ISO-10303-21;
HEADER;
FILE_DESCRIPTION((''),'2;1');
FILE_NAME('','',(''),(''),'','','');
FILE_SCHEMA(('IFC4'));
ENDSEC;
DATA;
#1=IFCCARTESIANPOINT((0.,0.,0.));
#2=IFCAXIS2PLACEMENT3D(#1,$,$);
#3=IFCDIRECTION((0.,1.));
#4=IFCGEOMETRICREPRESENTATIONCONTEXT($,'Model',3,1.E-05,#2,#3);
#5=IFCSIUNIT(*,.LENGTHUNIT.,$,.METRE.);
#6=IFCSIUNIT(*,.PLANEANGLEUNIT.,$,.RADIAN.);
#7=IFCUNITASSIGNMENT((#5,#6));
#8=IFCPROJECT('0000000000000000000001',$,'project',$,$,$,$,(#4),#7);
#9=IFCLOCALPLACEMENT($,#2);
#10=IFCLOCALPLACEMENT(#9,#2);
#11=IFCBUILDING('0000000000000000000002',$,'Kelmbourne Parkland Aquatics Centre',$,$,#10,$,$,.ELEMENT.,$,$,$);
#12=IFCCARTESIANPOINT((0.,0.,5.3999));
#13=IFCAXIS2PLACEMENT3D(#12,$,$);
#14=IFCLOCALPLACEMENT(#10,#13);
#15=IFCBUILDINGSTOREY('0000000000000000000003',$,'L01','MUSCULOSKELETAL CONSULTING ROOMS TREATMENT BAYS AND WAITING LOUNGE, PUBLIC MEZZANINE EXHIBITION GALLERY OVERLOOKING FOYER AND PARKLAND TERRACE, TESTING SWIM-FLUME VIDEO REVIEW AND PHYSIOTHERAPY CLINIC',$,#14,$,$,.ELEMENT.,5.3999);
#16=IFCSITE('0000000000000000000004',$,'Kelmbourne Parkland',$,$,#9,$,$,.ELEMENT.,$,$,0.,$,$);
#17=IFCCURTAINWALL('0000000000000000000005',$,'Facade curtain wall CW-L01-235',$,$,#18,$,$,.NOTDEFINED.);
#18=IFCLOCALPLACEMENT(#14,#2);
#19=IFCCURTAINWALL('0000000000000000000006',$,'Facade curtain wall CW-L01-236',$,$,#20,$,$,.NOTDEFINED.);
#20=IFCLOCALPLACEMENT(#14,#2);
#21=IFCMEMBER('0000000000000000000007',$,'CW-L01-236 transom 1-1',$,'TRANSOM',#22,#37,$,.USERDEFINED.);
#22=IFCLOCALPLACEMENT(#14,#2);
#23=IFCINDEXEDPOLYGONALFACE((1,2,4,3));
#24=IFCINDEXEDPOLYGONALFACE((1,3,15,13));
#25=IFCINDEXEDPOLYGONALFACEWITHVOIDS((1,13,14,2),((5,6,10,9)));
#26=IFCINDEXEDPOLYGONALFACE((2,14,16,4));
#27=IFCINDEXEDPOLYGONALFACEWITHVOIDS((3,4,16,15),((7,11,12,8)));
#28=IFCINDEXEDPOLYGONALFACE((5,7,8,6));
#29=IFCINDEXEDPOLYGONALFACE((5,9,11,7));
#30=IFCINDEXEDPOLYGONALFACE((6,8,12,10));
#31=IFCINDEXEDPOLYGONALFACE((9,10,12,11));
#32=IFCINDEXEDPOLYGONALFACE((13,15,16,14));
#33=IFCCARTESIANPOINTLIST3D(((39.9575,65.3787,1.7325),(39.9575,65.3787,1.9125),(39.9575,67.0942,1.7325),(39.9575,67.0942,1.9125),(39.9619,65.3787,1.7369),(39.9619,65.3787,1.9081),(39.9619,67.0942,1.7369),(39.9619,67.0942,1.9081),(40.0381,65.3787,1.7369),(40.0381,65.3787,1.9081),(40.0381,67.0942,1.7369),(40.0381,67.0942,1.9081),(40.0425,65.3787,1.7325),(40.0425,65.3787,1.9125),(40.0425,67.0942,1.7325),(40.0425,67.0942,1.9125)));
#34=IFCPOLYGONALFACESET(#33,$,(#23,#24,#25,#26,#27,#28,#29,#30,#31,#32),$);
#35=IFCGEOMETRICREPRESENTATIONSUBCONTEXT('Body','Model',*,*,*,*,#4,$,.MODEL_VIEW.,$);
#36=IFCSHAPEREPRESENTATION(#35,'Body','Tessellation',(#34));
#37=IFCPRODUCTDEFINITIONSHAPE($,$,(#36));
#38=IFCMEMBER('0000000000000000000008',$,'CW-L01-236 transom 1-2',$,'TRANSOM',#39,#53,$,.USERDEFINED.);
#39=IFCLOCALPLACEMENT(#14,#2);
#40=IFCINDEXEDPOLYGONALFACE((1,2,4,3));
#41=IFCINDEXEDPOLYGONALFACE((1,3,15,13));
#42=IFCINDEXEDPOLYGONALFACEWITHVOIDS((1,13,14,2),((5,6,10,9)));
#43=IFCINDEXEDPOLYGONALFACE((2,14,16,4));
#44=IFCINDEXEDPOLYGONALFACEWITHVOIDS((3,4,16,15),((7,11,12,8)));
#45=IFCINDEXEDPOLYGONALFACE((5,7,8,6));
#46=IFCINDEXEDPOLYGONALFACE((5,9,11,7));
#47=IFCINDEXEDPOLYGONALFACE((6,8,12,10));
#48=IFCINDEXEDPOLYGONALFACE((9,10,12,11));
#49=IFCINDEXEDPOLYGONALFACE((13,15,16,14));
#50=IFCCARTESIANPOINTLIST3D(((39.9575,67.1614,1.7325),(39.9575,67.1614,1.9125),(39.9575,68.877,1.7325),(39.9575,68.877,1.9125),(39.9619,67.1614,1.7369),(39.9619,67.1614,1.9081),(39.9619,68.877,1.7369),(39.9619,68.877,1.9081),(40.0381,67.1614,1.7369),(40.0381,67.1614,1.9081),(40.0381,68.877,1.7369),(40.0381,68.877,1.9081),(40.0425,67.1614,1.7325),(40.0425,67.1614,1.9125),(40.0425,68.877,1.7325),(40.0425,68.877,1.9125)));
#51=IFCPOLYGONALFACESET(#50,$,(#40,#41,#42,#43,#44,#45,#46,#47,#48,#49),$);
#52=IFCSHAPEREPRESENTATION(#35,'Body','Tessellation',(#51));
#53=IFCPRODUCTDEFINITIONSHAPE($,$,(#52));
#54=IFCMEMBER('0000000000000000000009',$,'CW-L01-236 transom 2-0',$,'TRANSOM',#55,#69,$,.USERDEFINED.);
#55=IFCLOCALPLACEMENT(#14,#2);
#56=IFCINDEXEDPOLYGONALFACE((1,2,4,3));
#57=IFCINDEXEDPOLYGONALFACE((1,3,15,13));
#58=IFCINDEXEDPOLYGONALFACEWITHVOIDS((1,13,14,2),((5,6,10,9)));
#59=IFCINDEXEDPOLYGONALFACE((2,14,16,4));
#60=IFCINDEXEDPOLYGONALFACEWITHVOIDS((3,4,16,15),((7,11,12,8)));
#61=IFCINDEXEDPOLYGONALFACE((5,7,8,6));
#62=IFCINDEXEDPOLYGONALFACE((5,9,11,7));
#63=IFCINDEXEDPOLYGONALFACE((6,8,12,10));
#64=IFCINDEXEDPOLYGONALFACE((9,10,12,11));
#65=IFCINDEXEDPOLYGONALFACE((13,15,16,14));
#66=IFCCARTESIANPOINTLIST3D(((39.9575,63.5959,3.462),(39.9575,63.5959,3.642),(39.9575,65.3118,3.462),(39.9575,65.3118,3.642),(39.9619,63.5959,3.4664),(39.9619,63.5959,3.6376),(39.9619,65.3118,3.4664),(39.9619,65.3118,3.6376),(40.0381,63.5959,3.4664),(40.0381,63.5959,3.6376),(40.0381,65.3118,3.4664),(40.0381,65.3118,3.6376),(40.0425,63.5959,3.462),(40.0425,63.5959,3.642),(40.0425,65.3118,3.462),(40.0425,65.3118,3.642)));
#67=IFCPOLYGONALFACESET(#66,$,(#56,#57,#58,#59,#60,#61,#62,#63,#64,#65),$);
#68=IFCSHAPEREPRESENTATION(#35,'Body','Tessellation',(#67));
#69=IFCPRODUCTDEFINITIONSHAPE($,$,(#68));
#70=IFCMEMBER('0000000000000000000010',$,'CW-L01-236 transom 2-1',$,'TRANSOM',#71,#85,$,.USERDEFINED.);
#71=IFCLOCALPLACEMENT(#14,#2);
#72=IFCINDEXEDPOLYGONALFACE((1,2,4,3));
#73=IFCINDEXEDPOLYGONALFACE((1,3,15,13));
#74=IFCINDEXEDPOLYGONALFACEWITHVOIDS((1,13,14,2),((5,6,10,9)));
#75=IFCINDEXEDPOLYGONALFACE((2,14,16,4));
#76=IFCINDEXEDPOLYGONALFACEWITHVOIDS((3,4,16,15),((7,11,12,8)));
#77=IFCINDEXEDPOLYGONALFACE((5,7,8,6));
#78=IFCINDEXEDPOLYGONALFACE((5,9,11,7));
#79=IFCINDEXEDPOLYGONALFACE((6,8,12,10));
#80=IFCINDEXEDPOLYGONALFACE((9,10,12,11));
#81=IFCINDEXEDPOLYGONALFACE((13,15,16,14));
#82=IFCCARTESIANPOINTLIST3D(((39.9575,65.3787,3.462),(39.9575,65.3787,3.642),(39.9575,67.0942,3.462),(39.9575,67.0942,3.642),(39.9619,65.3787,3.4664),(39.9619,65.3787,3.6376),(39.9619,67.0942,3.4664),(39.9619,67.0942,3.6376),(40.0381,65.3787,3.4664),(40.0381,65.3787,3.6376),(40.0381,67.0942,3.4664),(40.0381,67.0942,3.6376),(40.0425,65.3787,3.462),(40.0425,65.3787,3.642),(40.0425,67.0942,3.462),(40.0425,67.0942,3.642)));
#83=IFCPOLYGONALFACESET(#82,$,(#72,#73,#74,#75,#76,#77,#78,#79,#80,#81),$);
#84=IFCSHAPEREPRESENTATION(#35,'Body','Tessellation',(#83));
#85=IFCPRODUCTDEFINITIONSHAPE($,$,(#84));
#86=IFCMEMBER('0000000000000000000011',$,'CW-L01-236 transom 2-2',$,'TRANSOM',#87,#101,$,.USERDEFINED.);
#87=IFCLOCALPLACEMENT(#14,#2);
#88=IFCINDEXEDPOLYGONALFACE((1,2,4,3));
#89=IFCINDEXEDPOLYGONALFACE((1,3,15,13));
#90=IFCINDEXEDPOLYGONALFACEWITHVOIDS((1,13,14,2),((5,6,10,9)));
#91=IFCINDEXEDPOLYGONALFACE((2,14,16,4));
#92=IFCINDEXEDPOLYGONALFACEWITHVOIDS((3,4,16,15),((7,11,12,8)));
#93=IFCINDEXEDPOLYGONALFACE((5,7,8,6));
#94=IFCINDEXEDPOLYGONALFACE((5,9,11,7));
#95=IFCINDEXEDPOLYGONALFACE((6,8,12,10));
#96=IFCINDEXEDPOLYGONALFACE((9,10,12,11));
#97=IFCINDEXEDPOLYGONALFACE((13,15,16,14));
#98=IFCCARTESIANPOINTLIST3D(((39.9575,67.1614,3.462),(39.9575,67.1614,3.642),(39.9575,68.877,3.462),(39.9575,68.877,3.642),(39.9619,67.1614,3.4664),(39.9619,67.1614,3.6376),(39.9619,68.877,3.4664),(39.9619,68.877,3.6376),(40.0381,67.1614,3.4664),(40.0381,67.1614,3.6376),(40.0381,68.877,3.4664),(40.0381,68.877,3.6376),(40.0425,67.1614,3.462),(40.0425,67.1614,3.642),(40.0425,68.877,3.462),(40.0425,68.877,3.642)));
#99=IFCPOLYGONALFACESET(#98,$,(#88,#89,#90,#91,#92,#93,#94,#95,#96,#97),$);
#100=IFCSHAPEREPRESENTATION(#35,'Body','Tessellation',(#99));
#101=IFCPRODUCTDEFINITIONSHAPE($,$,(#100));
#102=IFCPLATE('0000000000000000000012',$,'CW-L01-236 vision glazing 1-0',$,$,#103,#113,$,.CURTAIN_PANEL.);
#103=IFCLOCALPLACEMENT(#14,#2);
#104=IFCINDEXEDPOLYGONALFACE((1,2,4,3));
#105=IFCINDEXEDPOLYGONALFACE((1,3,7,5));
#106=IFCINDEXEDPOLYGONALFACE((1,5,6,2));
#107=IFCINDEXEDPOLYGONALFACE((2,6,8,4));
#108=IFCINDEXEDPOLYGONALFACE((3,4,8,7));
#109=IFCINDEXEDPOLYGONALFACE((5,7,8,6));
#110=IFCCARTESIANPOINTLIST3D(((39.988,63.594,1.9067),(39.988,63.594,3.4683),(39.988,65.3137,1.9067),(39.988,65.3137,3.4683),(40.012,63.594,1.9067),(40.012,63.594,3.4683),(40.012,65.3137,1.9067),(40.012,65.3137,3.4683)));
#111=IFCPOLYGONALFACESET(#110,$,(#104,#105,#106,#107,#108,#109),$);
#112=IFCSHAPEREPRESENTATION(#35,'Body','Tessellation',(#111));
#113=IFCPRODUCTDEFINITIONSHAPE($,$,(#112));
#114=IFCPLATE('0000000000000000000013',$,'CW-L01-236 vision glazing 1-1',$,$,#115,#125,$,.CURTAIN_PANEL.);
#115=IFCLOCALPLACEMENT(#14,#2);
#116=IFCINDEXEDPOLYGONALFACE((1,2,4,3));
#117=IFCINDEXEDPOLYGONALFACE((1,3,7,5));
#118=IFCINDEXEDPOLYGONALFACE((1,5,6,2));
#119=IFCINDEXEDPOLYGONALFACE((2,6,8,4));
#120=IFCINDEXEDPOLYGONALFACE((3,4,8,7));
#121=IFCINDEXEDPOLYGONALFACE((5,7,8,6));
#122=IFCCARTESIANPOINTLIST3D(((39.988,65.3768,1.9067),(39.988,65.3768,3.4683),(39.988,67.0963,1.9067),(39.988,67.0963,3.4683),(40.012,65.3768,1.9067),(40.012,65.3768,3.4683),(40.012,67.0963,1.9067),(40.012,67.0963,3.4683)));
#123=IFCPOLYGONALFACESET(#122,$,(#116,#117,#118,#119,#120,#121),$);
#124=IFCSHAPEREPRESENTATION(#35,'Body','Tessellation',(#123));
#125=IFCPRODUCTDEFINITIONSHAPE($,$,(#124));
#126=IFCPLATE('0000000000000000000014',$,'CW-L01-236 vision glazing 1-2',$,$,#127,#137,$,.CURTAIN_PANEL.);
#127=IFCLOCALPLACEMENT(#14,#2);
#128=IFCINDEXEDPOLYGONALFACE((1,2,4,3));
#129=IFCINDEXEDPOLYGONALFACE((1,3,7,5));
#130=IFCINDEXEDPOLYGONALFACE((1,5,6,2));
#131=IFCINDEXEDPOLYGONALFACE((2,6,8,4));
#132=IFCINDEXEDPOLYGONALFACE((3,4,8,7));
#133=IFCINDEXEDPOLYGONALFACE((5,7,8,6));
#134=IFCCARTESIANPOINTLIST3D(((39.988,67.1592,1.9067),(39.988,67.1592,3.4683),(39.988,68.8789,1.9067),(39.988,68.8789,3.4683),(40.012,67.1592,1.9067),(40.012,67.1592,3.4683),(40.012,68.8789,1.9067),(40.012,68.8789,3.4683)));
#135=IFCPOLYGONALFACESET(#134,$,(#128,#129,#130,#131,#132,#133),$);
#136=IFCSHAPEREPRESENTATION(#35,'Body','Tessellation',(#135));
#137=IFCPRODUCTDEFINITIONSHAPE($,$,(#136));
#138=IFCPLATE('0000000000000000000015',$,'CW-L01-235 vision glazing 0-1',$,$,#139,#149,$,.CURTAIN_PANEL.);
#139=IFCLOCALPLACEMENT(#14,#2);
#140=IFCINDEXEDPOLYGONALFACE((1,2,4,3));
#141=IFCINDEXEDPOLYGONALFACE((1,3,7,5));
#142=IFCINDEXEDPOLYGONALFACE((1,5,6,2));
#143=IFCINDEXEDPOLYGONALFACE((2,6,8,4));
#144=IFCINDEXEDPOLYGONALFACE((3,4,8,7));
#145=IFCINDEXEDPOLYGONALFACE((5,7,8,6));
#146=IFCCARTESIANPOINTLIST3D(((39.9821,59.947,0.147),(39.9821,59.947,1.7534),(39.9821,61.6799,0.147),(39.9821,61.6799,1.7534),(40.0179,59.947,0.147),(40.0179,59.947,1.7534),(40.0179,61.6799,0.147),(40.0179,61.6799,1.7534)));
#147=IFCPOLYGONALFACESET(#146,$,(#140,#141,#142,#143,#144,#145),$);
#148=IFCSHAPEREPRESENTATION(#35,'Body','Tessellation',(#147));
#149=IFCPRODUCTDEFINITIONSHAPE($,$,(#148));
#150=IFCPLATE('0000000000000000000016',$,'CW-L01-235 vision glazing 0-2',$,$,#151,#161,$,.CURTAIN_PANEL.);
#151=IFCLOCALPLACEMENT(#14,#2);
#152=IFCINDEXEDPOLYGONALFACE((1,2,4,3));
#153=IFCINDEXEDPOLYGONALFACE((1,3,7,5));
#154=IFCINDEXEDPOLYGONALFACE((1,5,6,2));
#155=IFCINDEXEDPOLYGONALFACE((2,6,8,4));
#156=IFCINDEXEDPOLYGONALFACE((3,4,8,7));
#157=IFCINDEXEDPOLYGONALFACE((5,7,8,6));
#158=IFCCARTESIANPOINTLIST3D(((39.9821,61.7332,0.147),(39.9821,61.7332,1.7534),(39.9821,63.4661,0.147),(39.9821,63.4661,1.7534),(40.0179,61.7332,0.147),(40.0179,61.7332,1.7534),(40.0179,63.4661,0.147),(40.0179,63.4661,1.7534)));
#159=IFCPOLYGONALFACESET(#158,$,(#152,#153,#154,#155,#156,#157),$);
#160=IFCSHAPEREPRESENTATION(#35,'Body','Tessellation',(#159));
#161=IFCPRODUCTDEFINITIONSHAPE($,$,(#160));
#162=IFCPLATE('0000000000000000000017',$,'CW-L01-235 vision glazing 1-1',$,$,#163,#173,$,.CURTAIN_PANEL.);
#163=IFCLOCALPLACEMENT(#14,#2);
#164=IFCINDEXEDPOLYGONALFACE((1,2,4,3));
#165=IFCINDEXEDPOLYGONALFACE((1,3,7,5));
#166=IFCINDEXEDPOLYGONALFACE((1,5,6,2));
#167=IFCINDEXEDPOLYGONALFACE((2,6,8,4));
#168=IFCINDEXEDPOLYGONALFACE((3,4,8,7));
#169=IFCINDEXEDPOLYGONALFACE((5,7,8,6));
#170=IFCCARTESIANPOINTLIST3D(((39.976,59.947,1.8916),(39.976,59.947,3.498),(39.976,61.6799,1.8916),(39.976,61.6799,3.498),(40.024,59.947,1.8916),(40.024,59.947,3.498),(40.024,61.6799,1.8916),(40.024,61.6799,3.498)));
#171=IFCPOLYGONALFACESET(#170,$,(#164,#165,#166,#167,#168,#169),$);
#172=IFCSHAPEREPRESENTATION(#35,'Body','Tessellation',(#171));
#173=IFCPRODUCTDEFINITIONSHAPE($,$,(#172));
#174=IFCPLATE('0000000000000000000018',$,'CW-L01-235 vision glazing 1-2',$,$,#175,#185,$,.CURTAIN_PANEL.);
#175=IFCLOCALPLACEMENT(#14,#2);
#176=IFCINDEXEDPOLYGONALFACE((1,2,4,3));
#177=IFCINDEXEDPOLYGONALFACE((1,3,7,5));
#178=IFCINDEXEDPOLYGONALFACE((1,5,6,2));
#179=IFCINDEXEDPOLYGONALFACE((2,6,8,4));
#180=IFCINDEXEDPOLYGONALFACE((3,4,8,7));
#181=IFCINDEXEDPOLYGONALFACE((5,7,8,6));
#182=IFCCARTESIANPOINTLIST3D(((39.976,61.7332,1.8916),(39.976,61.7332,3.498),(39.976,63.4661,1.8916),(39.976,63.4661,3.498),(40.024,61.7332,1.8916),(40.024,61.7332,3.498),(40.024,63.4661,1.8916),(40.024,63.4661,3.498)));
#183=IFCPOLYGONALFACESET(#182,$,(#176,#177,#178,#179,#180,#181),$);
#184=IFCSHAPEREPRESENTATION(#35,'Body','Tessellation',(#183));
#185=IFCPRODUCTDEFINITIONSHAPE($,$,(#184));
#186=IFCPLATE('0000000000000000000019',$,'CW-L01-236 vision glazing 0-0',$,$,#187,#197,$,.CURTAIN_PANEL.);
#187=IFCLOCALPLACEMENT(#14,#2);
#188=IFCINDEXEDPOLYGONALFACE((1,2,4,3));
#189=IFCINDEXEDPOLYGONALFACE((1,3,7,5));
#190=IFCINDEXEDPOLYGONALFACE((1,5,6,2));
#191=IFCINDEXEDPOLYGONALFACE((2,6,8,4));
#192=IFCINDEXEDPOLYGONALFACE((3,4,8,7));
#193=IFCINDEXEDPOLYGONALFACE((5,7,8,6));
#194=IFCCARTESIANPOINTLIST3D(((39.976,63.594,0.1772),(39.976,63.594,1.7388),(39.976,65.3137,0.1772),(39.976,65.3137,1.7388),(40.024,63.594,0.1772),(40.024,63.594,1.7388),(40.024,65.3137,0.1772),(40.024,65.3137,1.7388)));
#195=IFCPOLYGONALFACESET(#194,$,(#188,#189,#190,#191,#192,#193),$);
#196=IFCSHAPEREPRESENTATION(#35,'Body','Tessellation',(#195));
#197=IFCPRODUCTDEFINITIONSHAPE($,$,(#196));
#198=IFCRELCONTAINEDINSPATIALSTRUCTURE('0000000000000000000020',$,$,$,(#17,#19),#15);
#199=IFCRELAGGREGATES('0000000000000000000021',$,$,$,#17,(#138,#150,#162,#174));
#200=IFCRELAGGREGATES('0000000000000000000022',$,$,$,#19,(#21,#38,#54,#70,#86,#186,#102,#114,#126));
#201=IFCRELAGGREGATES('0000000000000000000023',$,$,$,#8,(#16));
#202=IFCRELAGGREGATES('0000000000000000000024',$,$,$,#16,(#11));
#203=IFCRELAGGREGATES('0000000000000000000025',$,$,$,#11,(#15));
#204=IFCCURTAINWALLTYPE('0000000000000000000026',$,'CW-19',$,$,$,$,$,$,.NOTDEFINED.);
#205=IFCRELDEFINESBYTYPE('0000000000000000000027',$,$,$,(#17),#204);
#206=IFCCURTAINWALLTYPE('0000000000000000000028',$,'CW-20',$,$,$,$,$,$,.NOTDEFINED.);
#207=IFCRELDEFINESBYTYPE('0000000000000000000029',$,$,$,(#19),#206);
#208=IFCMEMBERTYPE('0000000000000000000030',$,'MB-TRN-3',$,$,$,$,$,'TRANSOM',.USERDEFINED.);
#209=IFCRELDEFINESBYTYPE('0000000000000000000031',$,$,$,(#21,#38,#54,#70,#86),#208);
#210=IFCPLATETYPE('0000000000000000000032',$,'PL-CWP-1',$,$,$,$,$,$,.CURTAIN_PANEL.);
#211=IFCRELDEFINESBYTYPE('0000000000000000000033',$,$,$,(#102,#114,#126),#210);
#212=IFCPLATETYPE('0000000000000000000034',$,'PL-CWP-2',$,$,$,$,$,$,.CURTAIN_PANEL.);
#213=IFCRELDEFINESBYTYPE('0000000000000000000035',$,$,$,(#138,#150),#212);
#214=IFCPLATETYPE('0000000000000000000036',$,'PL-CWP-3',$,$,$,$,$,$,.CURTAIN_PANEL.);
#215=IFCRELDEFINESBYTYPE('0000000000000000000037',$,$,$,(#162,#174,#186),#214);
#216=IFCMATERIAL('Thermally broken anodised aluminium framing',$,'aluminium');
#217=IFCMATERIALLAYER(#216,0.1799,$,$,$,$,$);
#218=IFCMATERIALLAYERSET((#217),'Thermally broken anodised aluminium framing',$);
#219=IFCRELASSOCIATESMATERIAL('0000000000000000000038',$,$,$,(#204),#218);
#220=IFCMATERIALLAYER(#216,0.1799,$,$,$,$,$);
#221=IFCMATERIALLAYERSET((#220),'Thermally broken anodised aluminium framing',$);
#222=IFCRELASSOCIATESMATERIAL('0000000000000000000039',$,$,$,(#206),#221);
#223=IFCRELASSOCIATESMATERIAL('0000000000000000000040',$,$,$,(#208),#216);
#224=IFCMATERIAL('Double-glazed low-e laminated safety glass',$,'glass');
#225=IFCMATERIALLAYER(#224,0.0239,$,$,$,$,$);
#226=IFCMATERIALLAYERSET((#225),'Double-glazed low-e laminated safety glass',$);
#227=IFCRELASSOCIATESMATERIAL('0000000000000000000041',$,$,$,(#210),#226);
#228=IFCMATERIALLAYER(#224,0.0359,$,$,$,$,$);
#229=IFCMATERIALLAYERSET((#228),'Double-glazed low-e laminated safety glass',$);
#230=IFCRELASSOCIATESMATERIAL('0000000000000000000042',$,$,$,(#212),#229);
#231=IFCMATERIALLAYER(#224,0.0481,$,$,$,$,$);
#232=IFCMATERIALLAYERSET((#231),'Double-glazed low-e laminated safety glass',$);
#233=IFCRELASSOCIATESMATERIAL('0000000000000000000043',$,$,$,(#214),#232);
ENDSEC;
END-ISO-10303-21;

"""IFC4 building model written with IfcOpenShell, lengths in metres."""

from ifc_helpers import new_model, si_unit, direction, frame, origin, origin_2d, place, context, subcontext, project, spatial, rectangle, hollow_rectangle, extrude, material, layer, layer_set, material_profile, profile_set, type_object, element, aggregate, save


model = new_model("IFC4")

# Units and contexts
model_context = context("Model", 3, precision=1e-05, world=origin(), true_north=direction((0.0, 1.0)))
body_context = subcontext(model_context, "Body", "Model", "MODEL_VIEW")
ifc_project = project(units=[si_unit("LENGTHUNIT", "METRE"), si_unit("PLANEANGLEUNIT", "RADIAN")], contexts=[model_context])

# Site, building, storey
site_placement = place(None, origin())
site = spatial("IfcSite", under=ifc_project, at=site_placement, Name="Kelmbourne Parkland", CompositionType="ELEMENT", RefElevation=0.0)
building_placement = place(site_placement, origin())
building = spatial("IfcBuilding", under=site, at=building_placement, Name="Kelmbourne Parkland Aquatics Centre", CompositionType="ELEMENT")
storey_placement = place(building_placement, frame((0.0, 0.0, 5.3999)))
storey = spatial("IfcBuildingStorey", under=building, at=storey_placement, Name="L01", Description="MUSCULOSKELETAL CONSULTING ROOMS TREATMENT BAYS AND WAITING LOUNGE, PUBLIC MEZZANINE EXHIBITION GALLERY OVERLOOKING FOYER AND PARKLAND TERRACE, TESTING SWIM-FLUME VIDEO REVIEW AND PHYSIOTHERAPY CLINIC", CompositionType="ELEMENT", Elevation=5.3999)

# Curtain walls
ifc_material_1 = material(Name="Thermally broken anodised aluminium framing", Category="aluminium")
ifc_layer_1 = layer(ifc_material_1, 0.1799)
ifc_layer_set_1 = layer_set([ifc_layer_1], Name="Thermally broken anodised aluminium framing")
curtain_wall_type_1 = type_object("IfcCurtainWallType", Name="CW-19", PredefinedType="NOTDEFINED", material=ifc_layer_set_1)
curtain_wall_1_placement = place(storey_placement, origin())
curtain_wall_1 = element("IfcCurtainWall", 1, at=curtain_wall_1_placement, inside=storey, type_object=curtain_wall_type_1, Name="Facade curtain wall CW-L01-235", PredefinedType="NOTDEFINED")
ifc_layer_2 = layer(ifc_material_1, 0.1799)
ifc_layer_set_2 = layer_set([ifc_layer_2], Name="Thermally broken anodised aluminium framing")
curtain_wall_type_2 = type_object("IfcCurtainWallType", Name="CW-20", PredefinedType="NOTDEFINED", material=ifc_layer_set_2)
curtain_wall_2_placement = place(storey_placement, origin())
curtain_wall_2 = element("IfcCurtainWall", 2, at=curtain_wall_2_placement, inside=storey, type_object=curtain_wall_type_2, Name="Facade curtain wall CW-L01-236", PredefinedType="NOTDEFINED")

# Members
ifc_material_profile_1 = material_profile(ifc_material_1, hollow_rectangle(XDim=0.085, YDim=0.1799, WallThickness=0.0044, at=origin_2d()), Name="CW-T 85x180")
ifc_profile_set_1 = profile_set([ifc_material_profile_1], Name="Thermally broken anodised aluminium framing")
member_type_1 = type_object("IfcMemberType", Name="MB-TRN-3", ElementType="TRANSOM", PredefinedType="USERDEFINED", material=ifc_profile_set_1)
member_1_placement = place(storey_placement, frame((40.0, 65.3787, 1.8225), z_axis=(0.0, 1.0, 0.0), x_axis=(-1.0, 0.0, 0.0)))
member_1 = element("IfcMember", 3, at=member_1_placement, type_object=member_type_1, Name="CW-L01-236 transom 1-1", ObjectType="TRANSOM", PredefinedType="USERDEFINED", context=body_context, shape_type="SweptSolid", body=[
    extrude(hollow_rectangle(XDim=0.085, YDim=0.1799, WallThickness=0.0044, at=origin_2d()), origin(), (0.0, 0.0, 1.0), 1.7156),
])
member_2_placement = place(storey_placement, frame((40.0, 67.1614, 1.8225), z_axis=(0.0, 1.0, 0.0), x_axis=(-1.0, 0.0, 0.0)))
member_2 = element("IfcMember", 4, at=member_2_placement, type_object=member_type_1, Name="CW-L01-236 transom 1-2", ObjectType="TRANSOM", PredefinedType="USERDEFINED", context=body_context, shape_type="SweptSolid", body=[
    extrude(hollow_rectangle(XDim=0.085, YDim=0.1799, WallThickness=0.0044, at=origin_2d()), origin(), (0.0, 0.0, 1.0), 1.7156),
])
member_3_placement = place(storey_placement, frame((40.0, 63.5959, 3.552), z_axis=(0.0, 1.0, 0.0), x_axis=(-1.0, 0.0, 0.0)))
member_3 = element("IfcMember", 5, at=member_3_placement, type_object=member_type_1, Name="CW-L01-236 transom 2-0", ObjectType="TRANSOM", PredefinedType="USERDEFINED", context=body_context, shape_type="SweptSolid", body=[
    extrude(hollow_rectangle(XDim=0.085, YDim=0.1799, WallThickness=0.0044, at=origin_2d()), origin(), (0.0, 0.0, 1.0), 1.7158),
])
member_4_placement = place(storey_placement, frame((40.0, 65.3787, 3.552), z_axis=(0.0, 1.0, 0.0), x_axis=(-1.0, 0.0, 0.0)))
member_4 = element("IfcMember", 6, at=member_4_placement, type_object=member_type_1, Name="CW-L01-236 transom 2-1", ObjectType="TRANSOM", PredefinedType="USERDEFINED", context=body_context, shape_type="SweptSolid", body=[
    extrude(hollow_rectangle(XDim=0.085, YDim=0.1799, WallThickness=0.0044, at=origin_2d()), origin(), (0.0, 0.0, 1.0), 1.7156),
])
member_5_placement = place(storey_placement, frame((40.0, 67.1614, 3.552), z_axis=(0.0, 1.0, 0.0), x_axis=(-1.0, 0.0, 0.0)))
member_5 = element("IfcMember", 7, at=member_5_placement, type_object=member_type_1, Name="CW-L01-236 transom 2-2", ObjectType="TRANSOM", PredefinedType="USERDEFINED", context=body_context, shape_type="SweptSolid", body=[
    extrude(hollow_rectangle(XDim=0.085, YDim=0.1799, WallThickness=0.0044, at=origin_2d()), origin(), (0.0, 0.0, 1.0), 1.7156),
])

# Plates
ifc_material_2 = material(Name="Double-glazed low-e laminated safety glass", Category="glass")
ifc_layer_3 = layer(ifc_material_2, 0.0239)
ifc_layer_set_3 = layer_set([ifc_layer_3], Name="Double-glazed low-e laminated safety glass")
plate_type_1 = type_object("IfcPlateType", Name="PL-CWP-1", PredefinedType="CURTAIN_PANEL", material=ifc_layer_set_3)
plate_1_placement = place(storey_placement, frame((40.0, 64.4539, 1.9067), z_axis=(0.0, 0.0, 1.0), x_axis=(0.0, 1.0, 0.0)))
plate_1 = element("IfcPlate", 8, at=plate_1_placement, type_object=plate_type_1, Name="CW-L01-236 vision glazing 1-0", PredefinedType="CURTAIN_PANEL", context=body_context, shape_type="SweptSolid", body=[
    extrude(rectangle(XDim=1.7197, YDim=0.0239, at=origin_2d()), origin(), (0.0, 0.0, 1.0), 1.5615),
])
plate_2_placement = place(storey_placement, frame((40.0, 66.2366, 1.9067), z_axis=(0.0, 0.0, 1.0), x_axis=(0.0, 1.0, 0.0)))
plate_2 = element("IfcPlate", 9, at=plate_2_placement, type_object=plate_type_1, Name="CW-L01-236 vision glazing 1-1", PredefinedType="CURTAIN_PANEL", context=body_context, shape_type="SweptSolid", body=[
    extrude(rectangle(XDim=1.7195, YDim=0.0239, at=origin_2d()), origin(), (0.0, 0.0, 1.0), 1.5615),
])
plate_3_placement = place(storey_placement, frame((40.0, 68.019, 1.9067), z_axis=(0.0, 0.0, 1.0), x_axis=(0.0, 1.0, 0.0)))
plate_3 = element("IfcPlate", 10, at=plate_3_placement, type_object=plate_type_1, Name="CW-L01-236 vision glazing 1-2", PredefinedType="CURTAIN_PANEL", context=body_context, shape_type="SweptSolid", body=[
    extrude(rectangle(XDim=1.7197, YDim=0.0239, at=origin_2d()), origin(), (0.0, 0.0, 1.0), 1.5615),
])
ifc_layer_4 = layer(ifc_material_2, 0.0359)
ifc_layer_set_4 = layer_set([ifc_layer_4], Name="Double-glazed low-e laminated safety glass")
plate_type_2 = type_object("IfcPlateType", Name="PL-CWP-2", PredefinedType="CURTAIN_PANEL", material=ifc_layer_set_4)
plate_4_placement = place(storey_placement, frame((40.0, 60.8135, 0.147), z_axis=(0.0, 0.0, 1.0), x_axis=(0.0, 1.0, 0.0)))
plate_4 = element("IfcPlate", 11, at=plate_4_placement, type_object=plate_type_2, Name="CW-L01-235 vision glazing 0-1", PredefinedType="CURTAIN_PANEL", context=body_context, shape_type="SweptSolid", body=[
    extrude(rectangle(XDim=1.7329, YDim=0.0359, at=origin_2d()), origin(), (0.0, 0.0, 1.0), 1.6064),
])
plate_5_placement = place(storey_placement, frame((40.0, 62.5996, 0.147), z_axis=(0.0, 0.0, 1.0), x_axis=(0.0, 1.0, 0.0)))
plate_5 = element("IfcPlate", 12, at=plate_5_placement, type_object=plate_type_2, Name="CW-L01-235 vision glazing 0-2", PredefinedType="CURTAIN_PANEL", context=body_context, shape_type="SweptSolid", body=[
    extrude(rectangle(XDim=1.7329, YDim=0.0359, at=origin_2d()), origin(), (0.0, 0.0, 1.0), 1.6064),
])
ifc_layer_5 = layer(ifc_material_2, 0.0481)
ifc_layer_set_5 = layer_set([ifc_layer_5], Name="Double-glazed low-e laminated safety glass")
plate_type_3 = type_object("IfcPlateType", Name="PL-CWP-3", PredefinedType="CURTAIN_PANEL", material=ifc_layer_set_5)
plate_6_placement = place(storey_placement, frame((40.0, 60.8135, 1.8916), z_axis=(0.0, 0.0, 1.0), x_axis=(0.0, 1.0, 0.0)))
plate_6 = element("IfcPlate", 13, at=plate_6_placement, type_object=plate_type_3, Name="CW-L01-235 vision glazing 1-1", PredefinedType="CURTAIN_PANEL", context=body_context, shape_type="SweptSolid", body=[
    extrude(rectangle(XDim=1.7329, YDim=0.0481, at=origin_2d()), origin(), (0.0, 0.0, 1.0), 1.6064),
])
plate_7_placement = place(storey_placement, frame((40.0, 62.5996, 1.8916), z_axis=(0.0, 0.0, 1.0), x_axis=(0.0, 1.0, 0.0)))
plate_7 = element("IfcPlate", 14, at=plate_7_placement, type_object=plate_type_3, Name="CW-L01-235 vision glazing 1-2", PredefinedType="CURTAIN_PANEL", context=body_context, shape_type="SweptSolid", body=[
    extrude(rectangle(XDim=1.7329, YDim=0.0481, at=origin_2d()), origin(), (0.0, 0.0, 1.0), 1.6064),
])
aggregate(curtain_wall_1, [plate_4, plate_5, plate_6, plate_7])
plate_8_placement = place(storey_placement, frame((40.0, 64.4539, 0.1772), z_axis=(0.0, 0.0, 1.0), x_axis=(0.0, 1.0, 0.0)))
plate_8 = element("IfcPlate", 15, at=plate_8_placement, type_object=plate_type_3, Name="CW-L01-236 vision glazing 0-0", PredefinedType="CURTAIN_PANEL", context=body_context, shape_type="SweptSolid", body=[
    extrude(rectangle(XDim=1.7197, YDim=0.0481, at=origin_2d()), origin(), (0.0, 0.0, 1.0), 1.5615),
])
aggregate(curtain_wall_2, [member_1, member_2, member_3, member_4, member_5, plate_8, plate_1, plate_2, plate_3])

save(model, "model.ifc")
